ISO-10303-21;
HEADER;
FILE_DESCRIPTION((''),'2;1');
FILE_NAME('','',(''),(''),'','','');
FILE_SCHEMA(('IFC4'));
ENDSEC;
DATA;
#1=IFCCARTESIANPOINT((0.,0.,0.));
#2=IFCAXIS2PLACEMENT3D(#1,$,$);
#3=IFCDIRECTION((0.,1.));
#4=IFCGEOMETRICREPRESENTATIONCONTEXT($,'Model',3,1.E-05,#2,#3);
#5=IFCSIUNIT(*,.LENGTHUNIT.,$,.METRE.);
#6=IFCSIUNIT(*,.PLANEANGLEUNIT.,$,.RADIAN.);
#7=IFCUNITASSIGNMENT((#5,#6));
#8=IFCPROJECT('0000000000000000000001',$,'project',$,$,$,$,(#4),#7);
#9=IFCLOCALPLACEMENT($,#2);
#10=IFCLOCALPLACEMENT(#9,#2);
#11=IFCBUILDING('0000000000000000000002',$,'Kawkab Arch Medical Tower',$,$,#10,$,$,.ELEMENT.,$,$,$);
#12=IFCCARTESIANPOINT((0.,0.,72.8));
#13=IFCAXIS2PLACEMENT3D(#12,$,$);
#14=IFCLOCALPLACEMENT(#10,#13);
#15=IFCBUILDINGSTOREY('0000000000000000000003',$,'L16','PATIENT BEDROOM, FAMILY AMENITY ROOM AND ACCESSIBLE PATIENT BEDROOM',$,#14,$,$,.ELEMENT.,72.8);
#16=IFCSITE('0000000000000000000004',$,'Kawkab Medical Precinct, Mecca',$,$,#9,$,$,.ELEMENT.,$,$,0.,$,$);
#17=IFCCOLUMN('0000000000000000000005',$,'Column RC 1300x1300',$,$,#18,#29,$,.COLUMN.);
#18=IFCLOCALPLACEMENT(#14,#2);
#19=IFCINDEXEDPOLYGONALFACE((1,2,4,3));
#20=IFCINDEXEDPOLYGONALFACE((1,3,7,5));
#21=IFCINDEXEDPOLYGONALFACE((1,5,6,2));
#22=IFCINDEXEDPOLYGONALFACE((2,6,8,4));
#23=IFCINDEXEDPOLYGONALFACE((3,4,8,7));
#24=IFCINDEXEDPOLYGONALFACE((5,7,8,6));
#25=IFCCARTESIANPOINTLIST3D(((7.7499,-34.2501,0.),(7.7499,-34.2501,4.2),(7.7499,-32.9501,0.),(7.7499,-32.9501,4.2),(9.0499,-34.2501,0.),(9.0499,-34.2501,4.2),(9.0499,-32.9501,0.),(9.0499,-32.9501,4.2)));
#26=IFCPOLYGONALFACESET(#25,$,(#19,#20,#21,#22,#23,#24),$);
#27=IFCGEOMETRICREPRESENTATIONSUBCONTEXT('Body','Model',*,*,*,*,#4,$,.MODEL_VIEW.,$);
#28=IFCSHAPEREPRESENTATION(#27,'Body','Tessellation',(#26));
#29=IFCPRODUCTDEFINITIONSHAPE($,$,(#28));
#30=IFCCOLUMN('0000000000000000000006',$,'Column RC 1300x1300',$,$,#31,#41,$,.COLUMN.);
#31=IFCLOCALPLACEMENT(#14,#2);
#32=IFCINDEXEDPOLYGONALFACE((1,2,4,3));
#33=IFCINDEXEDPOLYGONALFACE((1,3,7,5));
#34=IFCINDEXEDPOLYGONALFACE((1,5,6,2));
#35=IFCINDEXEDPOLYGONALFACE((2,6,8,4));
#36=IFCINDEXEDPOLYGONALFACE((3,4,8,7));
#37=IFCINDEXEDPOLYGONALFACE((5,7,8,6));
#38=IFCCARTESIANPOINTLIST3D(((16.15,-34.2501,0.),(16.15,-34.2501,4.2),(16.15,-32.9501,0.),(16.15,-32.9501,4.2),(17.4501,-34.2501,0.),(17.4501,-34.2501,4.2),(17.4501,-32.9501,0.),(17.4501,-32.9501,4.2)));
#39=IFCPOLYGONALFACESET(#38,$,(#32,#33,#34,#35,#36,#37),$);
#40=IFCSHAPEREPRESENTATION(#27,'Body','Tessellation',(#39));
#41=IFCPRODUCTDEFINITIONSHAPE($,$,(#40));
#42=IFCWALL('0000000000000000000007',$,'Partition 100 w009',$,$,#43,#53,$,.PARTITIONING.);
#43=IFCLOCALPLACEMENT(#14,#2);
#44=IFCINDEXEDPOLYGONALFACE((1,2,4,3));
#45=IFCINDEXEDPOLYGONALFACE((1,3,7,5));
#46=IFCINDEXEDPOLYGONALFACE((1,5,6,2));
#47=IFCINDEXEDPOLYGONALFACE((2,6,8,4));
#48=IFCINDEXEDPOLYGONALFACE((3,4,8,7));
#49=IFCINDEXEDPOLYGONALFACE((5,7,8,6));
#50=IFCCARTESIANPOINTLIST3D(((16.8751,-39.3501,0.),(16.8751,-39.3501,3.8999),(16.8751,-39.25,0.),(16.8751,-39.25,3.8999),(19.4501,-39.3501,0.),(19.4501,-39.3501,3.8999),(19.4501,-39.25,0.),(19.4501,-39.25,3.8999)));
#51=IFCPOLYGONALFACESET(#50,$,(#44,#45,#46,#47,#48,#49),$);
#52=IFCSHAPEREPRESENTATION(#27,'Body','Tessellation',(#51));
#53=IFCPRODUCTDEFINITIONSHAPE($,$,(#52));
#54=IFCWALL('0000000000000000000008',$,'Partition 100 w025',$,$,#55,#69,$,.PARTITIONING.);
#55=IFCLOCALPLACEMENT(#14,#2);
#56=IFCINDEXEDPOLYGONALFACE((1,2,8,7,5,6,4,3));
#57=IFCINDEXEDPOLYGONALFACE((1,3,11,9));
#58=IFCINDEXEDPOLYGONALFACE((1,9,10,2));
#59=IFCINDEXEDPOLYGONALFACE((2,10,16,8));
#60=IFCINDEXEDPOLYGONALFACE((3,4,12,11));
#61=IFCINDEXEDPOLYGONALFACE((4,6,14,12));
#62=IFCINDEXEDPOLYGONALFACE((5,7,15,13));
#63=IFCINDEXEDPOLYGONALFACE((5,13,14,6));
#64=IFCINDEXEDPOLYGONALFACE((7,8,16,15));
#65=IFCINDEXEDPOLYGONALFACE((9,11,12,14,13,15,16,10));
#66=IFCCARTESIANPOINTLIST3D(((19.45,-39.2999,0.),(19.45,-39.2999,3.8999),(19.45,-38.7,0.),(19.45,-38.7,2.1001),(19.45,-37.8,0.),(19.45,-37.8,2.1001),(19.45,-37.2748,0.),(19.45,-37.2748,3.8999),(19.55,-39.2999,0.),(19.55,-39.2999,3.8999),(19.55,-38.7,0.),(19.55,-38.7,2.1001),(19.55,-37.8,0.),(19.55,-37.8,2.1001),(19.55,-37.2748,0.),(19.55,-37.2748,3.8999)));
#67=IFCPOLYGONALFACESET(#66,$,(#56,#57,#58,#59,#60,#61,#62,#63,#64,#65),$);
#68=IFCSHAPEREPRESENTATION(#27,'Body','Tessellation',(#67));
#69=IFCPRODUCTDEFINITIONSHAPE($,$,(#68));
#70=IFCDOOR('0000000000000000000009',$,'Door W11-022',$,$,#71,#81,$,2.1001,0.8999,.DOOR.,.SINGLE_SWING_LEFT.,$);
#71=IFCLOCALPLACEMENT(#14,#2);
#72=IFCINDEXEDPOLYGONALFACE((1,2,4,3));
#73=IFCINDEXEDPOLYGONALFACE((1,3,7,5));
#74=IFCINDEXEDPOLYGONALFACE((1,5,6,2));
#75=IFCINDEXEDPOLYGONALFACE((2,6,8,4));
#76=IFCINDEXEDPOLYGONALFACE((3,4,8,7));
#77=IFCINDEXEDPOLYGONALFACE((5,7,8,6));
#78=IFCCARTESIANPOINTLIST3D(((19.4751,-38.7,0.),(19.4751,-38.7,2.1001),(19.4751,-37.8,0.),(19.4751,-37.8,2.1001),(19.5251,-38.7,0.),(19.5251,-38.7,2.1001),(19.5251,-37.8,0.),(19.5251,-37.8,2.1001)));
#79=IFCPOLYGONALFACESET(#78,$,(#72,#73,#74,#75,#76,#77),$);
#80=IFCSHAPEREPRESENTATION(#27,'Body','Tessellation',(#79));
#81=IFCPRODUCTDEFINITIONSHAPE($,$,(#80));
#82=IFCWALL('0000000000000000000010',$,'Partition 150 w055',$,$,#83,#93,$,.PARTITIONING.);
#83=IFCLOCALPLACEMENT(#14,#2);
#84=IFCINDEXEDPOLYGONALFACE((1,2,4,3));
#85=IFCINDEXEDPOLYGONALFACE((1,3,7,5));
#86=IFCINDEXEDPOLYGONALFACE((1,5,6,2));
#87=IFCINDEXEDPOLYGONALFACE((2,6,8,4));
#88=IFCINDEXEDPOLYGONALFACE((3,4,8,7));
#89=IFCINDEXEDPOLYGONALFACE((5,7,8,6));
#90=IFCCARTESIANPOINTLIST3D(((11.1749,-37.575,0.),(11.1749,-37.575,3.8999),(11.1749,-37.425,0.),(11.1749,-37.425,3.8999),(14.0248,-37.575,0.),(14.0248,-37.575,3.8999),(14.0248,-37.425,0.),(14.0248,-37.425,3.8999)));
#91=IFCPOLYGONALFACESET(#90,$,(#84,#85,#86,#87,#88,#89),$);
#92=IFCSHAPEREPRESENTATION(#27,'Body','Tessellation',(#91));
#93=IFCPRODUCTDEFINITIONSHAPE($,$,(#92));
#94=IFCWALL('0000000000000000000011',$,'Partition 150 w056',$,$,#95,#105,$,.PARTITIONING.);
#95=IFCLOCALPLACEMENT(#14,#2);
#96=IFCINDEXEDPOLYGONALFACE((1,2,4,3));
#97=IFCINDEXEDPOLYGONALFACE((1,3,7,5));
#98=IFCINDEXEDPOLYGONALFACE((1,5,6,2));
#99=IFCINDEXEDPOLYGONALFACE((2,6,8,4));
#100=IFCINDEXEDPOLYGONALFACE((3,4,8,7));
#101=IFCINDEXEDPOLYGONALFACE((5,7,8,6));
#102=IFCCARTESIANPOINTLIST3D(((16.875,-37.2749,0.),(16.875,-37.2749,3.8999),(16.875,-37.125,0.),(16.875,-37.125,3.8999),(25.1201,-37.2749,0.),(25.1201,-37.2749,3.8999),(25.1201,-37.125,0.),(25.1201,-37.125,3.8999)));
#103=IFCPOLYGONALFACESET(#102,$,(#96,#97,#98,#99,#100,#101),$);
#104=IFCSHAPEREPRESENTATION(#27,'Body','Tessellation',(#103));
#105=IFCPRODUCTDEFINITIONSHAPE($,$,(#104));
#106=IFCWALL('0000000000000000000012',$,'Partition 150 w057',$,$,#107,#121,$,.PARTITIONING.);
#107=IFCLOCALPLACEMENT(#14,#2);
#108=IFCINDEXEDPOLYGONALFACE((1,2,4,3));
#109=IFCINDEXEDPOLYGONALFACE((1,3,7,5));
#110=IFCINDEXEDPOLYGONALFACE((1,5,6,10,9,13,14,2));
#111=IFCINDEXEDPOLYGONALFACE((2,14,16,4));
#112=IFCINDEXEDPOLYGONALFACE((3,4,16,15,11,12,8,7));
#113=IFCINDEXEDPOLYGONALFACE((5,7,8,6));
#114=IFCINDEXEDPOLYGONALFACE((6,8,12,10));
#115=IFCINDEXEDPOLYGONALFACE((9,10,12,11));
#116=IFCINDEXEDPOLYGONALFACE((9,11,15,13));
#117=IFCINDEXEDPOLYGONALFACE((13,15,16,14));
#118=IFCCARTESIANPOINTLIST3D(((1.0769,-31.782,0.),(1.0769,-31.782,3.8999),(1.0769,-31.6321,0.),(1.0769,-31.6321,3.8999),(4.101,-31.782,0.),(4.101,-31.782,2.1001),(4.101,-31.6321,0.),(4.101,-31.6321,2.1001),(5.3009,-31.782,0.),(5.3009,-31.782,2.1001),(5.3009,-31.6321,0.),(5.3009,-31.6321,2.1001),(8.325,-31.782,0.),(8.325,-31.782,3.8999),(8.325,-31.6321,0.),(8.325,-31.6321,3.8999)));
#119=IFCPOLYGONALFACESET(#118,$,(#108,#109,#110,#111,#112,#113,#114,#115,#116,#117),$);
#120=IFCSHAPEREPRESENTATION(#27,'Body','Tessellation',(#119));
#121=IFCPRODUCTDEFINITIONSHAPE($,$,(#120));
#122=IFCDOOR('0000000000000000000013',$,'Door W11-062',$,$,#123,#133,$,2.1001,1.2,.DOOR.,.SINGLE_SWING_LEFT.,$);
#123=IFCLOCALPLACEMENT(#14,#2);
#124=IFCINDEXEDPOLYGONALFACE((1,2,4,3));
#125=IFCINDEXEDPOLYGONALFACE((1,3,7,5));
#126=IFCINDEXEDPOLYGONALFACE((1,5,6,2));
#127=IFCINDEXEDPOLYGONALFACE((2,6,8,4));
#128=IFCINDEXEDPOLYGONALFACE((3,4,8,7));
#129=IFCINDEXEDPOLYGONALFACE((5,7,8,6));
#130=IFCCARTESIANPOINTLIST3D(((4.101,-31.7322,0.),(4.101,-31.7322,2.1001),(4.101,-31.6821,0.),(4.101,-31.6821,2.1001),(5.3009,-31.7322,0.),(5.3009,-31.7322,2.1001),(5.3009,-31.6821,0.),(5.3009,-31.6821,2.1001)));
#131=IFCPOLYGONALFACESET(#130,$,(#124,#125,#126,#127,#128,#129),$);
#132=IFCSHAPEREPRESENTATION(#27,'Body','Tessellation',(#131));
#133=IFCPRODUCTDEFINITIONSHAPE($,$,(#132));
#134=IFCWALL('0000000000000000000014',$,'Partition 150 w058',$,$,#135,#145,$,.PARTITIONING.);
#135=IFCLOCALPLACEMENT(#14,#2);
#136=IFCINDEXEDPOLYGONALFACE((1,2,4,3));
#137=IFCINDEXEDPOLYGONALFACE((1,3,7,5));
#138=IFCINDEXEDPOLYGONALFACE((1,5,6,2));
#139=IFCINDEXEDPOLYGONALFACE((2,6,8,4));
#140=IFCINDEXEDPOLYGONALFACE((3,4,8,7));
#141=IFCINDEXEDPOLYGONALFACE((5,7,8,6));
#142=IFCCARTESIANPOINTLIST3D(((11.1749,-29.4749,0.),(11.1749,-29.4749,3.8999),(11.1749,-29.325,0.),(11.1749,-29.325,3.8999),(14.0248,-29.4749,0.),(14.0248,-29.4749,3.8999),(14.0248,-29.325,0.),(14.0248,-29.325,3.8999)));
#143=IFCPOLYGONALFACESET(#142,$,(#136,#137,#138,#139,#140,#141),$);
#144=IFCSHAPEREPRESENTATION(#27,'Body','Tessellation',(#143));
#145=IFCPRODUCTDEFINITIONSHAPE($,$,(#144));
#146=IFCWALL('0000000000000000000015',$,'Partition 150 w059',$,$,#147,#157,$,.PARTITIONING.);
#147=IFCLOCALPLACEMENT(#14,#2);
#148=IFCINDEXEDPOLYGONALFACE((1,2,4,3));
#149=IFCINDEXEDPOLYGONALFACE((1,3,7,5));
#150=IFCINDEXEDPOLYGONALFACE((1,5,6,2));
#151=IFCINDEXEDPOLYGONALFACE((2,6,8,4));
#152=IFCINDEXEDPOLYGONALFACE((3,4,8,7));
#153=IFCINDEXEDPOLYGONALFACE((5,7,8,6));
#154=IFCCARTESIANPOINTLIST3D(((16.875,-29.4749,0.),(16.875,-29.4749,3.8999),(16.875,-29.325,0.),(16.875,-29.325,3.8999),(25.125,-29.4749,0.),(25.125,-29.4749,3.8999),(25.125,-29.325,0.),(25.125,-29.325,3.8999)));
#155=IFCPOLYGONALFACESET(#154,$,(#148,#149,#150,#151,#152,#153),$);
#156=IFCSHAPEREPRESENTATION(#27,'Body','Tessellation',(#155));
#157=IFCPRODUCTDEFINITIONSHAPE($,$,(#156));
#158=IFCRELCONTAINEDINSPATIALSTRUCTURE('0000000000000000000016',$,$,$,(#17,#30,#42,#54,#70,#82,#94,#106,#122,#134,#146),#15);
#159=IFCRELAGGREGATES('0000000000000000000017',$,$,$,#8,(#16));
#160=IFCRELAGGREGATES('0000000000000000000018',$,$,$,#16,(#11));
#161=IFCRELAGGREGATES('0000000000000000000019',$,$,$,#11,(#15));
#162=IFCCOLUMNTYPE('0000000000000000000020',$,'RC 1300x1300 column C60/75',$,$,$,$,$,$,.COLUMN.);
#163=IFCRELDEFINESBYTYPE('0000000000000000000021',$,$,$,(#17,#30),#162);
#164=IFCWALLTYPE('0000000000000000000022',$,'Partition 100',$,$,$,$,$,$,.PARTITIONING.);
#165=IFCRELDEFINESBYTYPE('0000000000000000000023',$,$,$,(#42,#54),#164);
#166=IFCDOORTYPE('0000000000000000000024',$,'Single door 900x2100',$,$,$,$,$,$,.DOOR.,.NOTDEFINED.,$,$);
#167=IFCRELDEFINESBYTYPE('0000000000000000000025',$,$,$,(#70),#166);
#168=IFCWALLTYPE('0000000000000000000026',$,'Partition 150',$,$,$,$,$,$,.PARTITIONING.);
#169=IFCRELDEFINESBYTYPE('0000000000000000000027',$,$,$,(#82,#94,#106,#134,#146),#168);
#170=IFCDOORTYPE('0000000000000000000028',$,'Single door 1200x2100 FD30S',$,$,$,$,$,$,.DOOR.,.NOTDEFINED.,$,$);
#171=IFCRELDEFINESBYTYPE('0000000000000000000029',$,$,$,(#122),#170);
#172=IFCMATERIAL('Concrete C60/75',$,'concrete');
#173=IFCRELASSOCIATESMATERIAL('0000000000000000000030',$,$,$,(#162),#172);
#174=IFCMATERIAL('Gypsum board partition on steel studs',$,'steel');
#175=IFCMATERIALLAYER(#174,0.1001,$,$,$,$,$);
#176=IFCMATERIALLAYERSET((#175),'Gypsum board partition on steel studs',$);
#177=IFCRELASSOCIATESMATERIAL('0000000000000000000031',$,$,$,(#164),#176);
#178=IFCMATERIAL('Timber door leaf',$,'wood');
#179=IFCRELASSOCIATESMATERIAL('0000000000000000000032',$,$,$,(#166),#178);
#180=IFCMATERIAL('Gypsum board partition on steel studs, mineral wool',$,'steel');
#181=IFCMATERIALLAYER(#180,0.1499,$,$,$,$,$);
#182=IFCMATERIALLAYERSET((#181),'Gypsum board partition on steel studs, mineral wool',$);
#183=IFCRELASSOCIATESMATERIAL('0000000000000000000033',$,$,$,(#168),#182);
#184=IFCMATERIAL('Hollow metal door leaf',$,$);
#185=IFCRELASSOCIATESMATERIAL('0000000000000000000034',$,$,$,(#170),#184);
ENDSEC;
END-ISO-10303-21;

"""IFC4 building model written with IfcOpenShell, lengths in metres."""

from ifc_helpers import new_model, si_unit, direction, frame, frame_2d, origin, origin_2d, place, context, subcontext, project, spatial, rectangle, extrude, material, layer, layer_set, material_profile, profile_set, type_object, element, fill, save


model = new_model("IFC4")

# Units and contexts
model_context = context("Model", 3, precision=1e-05, world=origin(), true_north=direction((0.0, 1.0)))
body_context = subcontext(model_context, "Body", "Model", "MODEL_VIEW")
ifc_project = project(units=[si_unit("LENGTHUNIT", "METRE"), si_unit("PLANEANGLEUNIT", "RADIAN")], contexts=[model_context])

# Site, building, storey
site_placement = place(None, origin())
site = spatial("IfcSite", under=ifc_project, at=site_placement, Name="Kawkab Medical Precinct, Mecca", CompositionType="ELEMENT", RefElevation=0.0)
building_placement = place(site_placement, origin())
building = spatial("IfcBuilding", under=site, at=building_placement, Name="Kawkab Arch Medical Tower", CompositionType="ELEMENT")
storey_placement = place(building_placement, frame((0.0, 0.0, 72.8)))
storey = spatial("IfcBuildingStorey", under=building, at=storey_placement, Name="L16", Description="PATIENT BEDROOM, FAMILY AMENITY ROOM AND ACCESSIBLE PATIENT BEDROOM", CompositionType="ELEMENT", Elevation=72.8)

# Columns
ifc_material_1 = material(Name="Concrete C60/75", Category="concrete")
ifc_material_profile = material_profile(ifc_material_1, rectangle(XDim=1.3, YDim=1.3, at=origin_2d()), Name="RC 1300x1300")
ifc_profile_set = profile_set([ifc_material_profile], Name="Concrete C60/75")
column_type = type_object("IfcColumnType", Name="RC 1300x1300 column C60/75", PredefinedType="COLUMN", material=ifc_profile_set)
for number, where, z_axis, x_axis, name in (
    (1, (8.3999, -33.6001, 0.0), (0.0, 0.0, 1.0), (1.0, 0.0, 0.0), "Column RC 1300x1300"),
    (2, (16.8, -33.6001, 0.0), (0.0, 0.0, 1.0), (1.0, 0.0, 0.0), "Column RC 1300x1300"),
):
    element("IfcColumn", number, at=place(storey_placement, frame(where, z_axis=z_axis, x_axis=x_axis)), inside=storey, type_object=column_type, Name=name, PredefinedType="COLUMN", context=body_context, shape_type="SweptSolid", body=[
        extrude(rectangle(XDim=1.3, YDim=1.3, at=origin_2d()), origin(), (0.0, 0.0, 1.0), 4.2),
    ])

# Wall
ifc_material_2 = material(Name="Gypsum board partition on steel studs", Category="steel")
ifc_layer_1 = layer(ifc_material_2, 0.1001)
ifc_layer_set_1 = layer_set([ifc_layer_1], Name="Gypsum board partition on steel studs")
wall_type_1 = type_object("IfcWallType", Name="Partition 100", PredefinedType="PARTITIONING", material=ifc_layer_set_1)
wall_1_placement = place(storey_placement, frame((16.875, -39.3, 0.0), z_axis=(0.0, 0.0, 1.0), x_axis=(1.0, 0.0, 0.0)))
element("IfcWall", 3, at=wall_1_placement, inside=storey, type_object=wall_type_1, Name="Partition 100 w009", PredefinedType="PARTITIONING", context=body_context, shape_type="SweptSolid", body=[
    extrude(rectangle(XDim=2.575, YDim=0.1001, at=frame_2d((1.2876, 0.0))), origin(), (0.0, 0.0, 1.0), 3.8999),
])

# Wall, opening, door
wall_2_placement = place(storey_placement, frame((19.5, -39.3, 0.0), z_axis=(0.0, 0.0, 1.0), x_axis=(0.0, 1.0, 0.0)))
wall_2 = element("IfcWall", 4, at=wall_2_placement, inside=storey, type_object=wall_type_1, Name="Partition 100 w025", PredefinedType="PARTITIONING", context=body_context, shape_type="SweptSolid", body=[
    extrude(rectangle(XDim=2.0251, YDim=0.1001, at=frame_2d((1.0127, 0.0))), origin(), (0.0, 0.0, 1.0), 3.8999),
])
opening_1_placement = place(wall_2_placement, frame((0.6001, 0.0, 0.0)))
opening_1 = element("IfcOpeningElement", 5, at=opening_1_placement, cuts=wall_2, PredefinedType="OPENING", context=body_context, shape_type="SweptSolid", body=[
    extrude(rectangle(XDim=0.8999, YDim=2.1001, at=frame_2d((0.45, 1.05))), frame((0.0, 0.0601, 0.0), z_axis=(0.0, -1.0, 0.0), x_axis=(1.0, 0.0, 0.0)), (0.0, 0.0, 1.0), 0.1201),
])
ifc_material_3 = material(Name="Timber door leaf", Category="wood")
door_type_1 = type_object("IfcDoorType", Name="Single door 900x2100", OperationType="NOTDEFINED", PredefinedType="DOOR", material=ifc_material_3)
door_1_placement = place(opening_1_placement, origin())
door_1 = element("IfcDoor", 6, at=door_1_placement, inside=storey, type_object=door_type_1, Name="Door W11-022", OperationType="SINGLE_SWING_LEFT", OverallHeight=2.1001, OverallWidth=0.8999, PredefinedType="DOOR", context=body_context, shape_type="SweptSolid", body=[
    extrude(rectangle(XDim=0.8999, YDim=2.1001, at=frame_2d((0.45, 1.05))), frame((0.0, 0.0249, 0.0), z_axis=(0.0, -1.0, 0.0), x_axis=(1.0, 0.0, 0.0)), (0.0, 0.0, 1.0), 0.05),
])
fill(opening_1, door_1)

# Walls
ifc_material_4 = material(Name="Gypsum board partition on steel studs, mineral wool", Category="steel")
ifc_layer_2 = layer(ifc_material_4, 0.1499)
ifc_layer_set_2 = layer_set([ifc_layer_2], Name="Gypsum board partition on steel studs, mineral wool")
wall_type_2 = type_object("IfcWallType", Name="Partition 150", PredefinedType="PARTITIONING", material=ifc_layer_set_2)
wall_3_placement = place(storey_placement, frame((11.175, -37.5, 0.0), z_axis=(0.0, 0.0, 1.0), x_axis=(1.0, 0.0, 0.0)))
element("IfcWall", 7, at=wall_3_placement, inside=storey, type_object=wall_type_2, Name="Partition 150 w055", PredefinedType="PARTITIONING", context=body_context, shape_type="SweptSolid", body=[
    extrude(rectangle(XDim=2.8499, YDim=0.1499, at=frame_2d((1.4248, 0.0))), origin(), (0.0, 0.0, 1.0), 3.8999),
])
wall_4_placement = place(storey_placement, frame((16.875, -37.2, 0.0), z_axis=(0.0, 0.0, 1.0), x_axis=(1.0, 0.0, 0.0)))
element("IfcWall", 8, at=wall_4_placement, inside=storey, type_object=wall_type_2, Name="Partition 150 w056", PredefinedType="PARTITIONING", context=body_context, shape_type="SweptSolid", body=[
    extrude(rectangle(XDim=8.2451, YDim=0.1499, at=frame_2d((4.1226, 0.0))), origin(), (0.0, 0.0, 1.0), 3.8999),
])

# Wall, opening, door
wall_5_placement = place(storey_placement, frame((1.0769, -31.707, 0.0), z_axis=(0.0, 0.0, 1.0), x_axis=(1.0, 0.0, 0.0)))
wall_5 = element("IfcWall", 9, at=wall_5_placement, inside=storey, type_object=wall_type_2, Name="Partition 150 w057", PredefinedType="PARTITIONING", context=body_context, shape_type="SweptSolid", body=[
    extrude(rectangle(XDim=7.248, YDim=0.1499, at=frame_2d((3.624, 0.0))), origin(), (0.0, 0.0, 1.0), 3.8999),
])
opening_2_placement = place(wall_5_placement, frame((3.0239, 0.0, 0.0)))
opening_2 = element("IfcOpeningElement", 10, at=opening_2_placement, cuts=wall_5, PredefinedType="OPENING", context=body_context, shape_type="SweptSolid", body=[
    extrude(rectangle(XDim=1.2, YDim=2.1001, at=frame_2d((0.6001, 1.05))), frame((0.0, 0.085, 0.0), z_axis=(0.0, -1.0, 0.0), x_axis=(1.0, 0.0, 0.0)), (0.0, 0.0, 1.0), 0.1699),
])
ifc_material_5 = material(Name="Hollow metal door leaf")
door_type_2 = type_object("IfcDoorType", Name="Single door 1200x2100 FD30S", OperationType="NOTDEFINED", PredefinedType="DOOR", material=ifc_material_5)
door_2_placement = place(opening_2_placement, origin())
door_2 = element("IfcDoor", 11, at=door_2_placement, inside=storey, type_object=door_type_2, Name="Door W11-062", OperationType="SINGLE_SWING_LEFT", OverallHeight=2.1001, OverallWidth=1.2, PredefinedType="DOOR", context=body_context, shape_type="SweptSolid", body=[
    extrude(rectangle(XDim=1.2, YDim=2.1001, at=frame_2d((0.6001, 1.05))), frame((0.0, 0.0249, 0.0), z_axis=(0.0, -1.0, 0.0), x_axis=(1.0, 0.0, 0.0)), (0.0, 0.0, 1.0), 0.05),
])
fill(opening_2, door_2)

# Walls
wall_6_placement = place(storey_placement, frame((11.175, -29.3999, 0.0), z_axis=(0.0, 0.0, 1.0), x_axis=(1.0, 0.0, 0.0)))
element("IfcWall", 12, at=wall_6_placement, inside=storey, type_object=wall_type_2, Name="Partition 150 w058", PredefinedType="PARTITIONING", context=body_context, shape_type="SweptSolid", body=[
    extrude(rectangle(XDim=2.8499, YDim=0.1499, at=frame_2d((1.4248, 0.0))), origin(), (0.0, 0.0, 1.0), 3.8999),
])
wall_7_placement = place(storey_placement, frame((16.875, -29.3999, 0.0), z_axis=(0.0, 0.0, 1.0), x_axis=(1.0, 0.0, 0.0)))
element("IfcWall", 13, at=wall_7_placement, inside=storey, type_object=wall_type_2, Name="Partition 150 w059", PredefinedType="PARTITIONING", context=body_context, shape_type="SweptSolid", body=[
    extrude(rectangle(XDim=8.25, YDim=0.1499, at=frame_2d((4.125, 0.0))), origin(), (0.0, 0.0, 1.0), 3.8999),
])

save(model, "model.ifc")
